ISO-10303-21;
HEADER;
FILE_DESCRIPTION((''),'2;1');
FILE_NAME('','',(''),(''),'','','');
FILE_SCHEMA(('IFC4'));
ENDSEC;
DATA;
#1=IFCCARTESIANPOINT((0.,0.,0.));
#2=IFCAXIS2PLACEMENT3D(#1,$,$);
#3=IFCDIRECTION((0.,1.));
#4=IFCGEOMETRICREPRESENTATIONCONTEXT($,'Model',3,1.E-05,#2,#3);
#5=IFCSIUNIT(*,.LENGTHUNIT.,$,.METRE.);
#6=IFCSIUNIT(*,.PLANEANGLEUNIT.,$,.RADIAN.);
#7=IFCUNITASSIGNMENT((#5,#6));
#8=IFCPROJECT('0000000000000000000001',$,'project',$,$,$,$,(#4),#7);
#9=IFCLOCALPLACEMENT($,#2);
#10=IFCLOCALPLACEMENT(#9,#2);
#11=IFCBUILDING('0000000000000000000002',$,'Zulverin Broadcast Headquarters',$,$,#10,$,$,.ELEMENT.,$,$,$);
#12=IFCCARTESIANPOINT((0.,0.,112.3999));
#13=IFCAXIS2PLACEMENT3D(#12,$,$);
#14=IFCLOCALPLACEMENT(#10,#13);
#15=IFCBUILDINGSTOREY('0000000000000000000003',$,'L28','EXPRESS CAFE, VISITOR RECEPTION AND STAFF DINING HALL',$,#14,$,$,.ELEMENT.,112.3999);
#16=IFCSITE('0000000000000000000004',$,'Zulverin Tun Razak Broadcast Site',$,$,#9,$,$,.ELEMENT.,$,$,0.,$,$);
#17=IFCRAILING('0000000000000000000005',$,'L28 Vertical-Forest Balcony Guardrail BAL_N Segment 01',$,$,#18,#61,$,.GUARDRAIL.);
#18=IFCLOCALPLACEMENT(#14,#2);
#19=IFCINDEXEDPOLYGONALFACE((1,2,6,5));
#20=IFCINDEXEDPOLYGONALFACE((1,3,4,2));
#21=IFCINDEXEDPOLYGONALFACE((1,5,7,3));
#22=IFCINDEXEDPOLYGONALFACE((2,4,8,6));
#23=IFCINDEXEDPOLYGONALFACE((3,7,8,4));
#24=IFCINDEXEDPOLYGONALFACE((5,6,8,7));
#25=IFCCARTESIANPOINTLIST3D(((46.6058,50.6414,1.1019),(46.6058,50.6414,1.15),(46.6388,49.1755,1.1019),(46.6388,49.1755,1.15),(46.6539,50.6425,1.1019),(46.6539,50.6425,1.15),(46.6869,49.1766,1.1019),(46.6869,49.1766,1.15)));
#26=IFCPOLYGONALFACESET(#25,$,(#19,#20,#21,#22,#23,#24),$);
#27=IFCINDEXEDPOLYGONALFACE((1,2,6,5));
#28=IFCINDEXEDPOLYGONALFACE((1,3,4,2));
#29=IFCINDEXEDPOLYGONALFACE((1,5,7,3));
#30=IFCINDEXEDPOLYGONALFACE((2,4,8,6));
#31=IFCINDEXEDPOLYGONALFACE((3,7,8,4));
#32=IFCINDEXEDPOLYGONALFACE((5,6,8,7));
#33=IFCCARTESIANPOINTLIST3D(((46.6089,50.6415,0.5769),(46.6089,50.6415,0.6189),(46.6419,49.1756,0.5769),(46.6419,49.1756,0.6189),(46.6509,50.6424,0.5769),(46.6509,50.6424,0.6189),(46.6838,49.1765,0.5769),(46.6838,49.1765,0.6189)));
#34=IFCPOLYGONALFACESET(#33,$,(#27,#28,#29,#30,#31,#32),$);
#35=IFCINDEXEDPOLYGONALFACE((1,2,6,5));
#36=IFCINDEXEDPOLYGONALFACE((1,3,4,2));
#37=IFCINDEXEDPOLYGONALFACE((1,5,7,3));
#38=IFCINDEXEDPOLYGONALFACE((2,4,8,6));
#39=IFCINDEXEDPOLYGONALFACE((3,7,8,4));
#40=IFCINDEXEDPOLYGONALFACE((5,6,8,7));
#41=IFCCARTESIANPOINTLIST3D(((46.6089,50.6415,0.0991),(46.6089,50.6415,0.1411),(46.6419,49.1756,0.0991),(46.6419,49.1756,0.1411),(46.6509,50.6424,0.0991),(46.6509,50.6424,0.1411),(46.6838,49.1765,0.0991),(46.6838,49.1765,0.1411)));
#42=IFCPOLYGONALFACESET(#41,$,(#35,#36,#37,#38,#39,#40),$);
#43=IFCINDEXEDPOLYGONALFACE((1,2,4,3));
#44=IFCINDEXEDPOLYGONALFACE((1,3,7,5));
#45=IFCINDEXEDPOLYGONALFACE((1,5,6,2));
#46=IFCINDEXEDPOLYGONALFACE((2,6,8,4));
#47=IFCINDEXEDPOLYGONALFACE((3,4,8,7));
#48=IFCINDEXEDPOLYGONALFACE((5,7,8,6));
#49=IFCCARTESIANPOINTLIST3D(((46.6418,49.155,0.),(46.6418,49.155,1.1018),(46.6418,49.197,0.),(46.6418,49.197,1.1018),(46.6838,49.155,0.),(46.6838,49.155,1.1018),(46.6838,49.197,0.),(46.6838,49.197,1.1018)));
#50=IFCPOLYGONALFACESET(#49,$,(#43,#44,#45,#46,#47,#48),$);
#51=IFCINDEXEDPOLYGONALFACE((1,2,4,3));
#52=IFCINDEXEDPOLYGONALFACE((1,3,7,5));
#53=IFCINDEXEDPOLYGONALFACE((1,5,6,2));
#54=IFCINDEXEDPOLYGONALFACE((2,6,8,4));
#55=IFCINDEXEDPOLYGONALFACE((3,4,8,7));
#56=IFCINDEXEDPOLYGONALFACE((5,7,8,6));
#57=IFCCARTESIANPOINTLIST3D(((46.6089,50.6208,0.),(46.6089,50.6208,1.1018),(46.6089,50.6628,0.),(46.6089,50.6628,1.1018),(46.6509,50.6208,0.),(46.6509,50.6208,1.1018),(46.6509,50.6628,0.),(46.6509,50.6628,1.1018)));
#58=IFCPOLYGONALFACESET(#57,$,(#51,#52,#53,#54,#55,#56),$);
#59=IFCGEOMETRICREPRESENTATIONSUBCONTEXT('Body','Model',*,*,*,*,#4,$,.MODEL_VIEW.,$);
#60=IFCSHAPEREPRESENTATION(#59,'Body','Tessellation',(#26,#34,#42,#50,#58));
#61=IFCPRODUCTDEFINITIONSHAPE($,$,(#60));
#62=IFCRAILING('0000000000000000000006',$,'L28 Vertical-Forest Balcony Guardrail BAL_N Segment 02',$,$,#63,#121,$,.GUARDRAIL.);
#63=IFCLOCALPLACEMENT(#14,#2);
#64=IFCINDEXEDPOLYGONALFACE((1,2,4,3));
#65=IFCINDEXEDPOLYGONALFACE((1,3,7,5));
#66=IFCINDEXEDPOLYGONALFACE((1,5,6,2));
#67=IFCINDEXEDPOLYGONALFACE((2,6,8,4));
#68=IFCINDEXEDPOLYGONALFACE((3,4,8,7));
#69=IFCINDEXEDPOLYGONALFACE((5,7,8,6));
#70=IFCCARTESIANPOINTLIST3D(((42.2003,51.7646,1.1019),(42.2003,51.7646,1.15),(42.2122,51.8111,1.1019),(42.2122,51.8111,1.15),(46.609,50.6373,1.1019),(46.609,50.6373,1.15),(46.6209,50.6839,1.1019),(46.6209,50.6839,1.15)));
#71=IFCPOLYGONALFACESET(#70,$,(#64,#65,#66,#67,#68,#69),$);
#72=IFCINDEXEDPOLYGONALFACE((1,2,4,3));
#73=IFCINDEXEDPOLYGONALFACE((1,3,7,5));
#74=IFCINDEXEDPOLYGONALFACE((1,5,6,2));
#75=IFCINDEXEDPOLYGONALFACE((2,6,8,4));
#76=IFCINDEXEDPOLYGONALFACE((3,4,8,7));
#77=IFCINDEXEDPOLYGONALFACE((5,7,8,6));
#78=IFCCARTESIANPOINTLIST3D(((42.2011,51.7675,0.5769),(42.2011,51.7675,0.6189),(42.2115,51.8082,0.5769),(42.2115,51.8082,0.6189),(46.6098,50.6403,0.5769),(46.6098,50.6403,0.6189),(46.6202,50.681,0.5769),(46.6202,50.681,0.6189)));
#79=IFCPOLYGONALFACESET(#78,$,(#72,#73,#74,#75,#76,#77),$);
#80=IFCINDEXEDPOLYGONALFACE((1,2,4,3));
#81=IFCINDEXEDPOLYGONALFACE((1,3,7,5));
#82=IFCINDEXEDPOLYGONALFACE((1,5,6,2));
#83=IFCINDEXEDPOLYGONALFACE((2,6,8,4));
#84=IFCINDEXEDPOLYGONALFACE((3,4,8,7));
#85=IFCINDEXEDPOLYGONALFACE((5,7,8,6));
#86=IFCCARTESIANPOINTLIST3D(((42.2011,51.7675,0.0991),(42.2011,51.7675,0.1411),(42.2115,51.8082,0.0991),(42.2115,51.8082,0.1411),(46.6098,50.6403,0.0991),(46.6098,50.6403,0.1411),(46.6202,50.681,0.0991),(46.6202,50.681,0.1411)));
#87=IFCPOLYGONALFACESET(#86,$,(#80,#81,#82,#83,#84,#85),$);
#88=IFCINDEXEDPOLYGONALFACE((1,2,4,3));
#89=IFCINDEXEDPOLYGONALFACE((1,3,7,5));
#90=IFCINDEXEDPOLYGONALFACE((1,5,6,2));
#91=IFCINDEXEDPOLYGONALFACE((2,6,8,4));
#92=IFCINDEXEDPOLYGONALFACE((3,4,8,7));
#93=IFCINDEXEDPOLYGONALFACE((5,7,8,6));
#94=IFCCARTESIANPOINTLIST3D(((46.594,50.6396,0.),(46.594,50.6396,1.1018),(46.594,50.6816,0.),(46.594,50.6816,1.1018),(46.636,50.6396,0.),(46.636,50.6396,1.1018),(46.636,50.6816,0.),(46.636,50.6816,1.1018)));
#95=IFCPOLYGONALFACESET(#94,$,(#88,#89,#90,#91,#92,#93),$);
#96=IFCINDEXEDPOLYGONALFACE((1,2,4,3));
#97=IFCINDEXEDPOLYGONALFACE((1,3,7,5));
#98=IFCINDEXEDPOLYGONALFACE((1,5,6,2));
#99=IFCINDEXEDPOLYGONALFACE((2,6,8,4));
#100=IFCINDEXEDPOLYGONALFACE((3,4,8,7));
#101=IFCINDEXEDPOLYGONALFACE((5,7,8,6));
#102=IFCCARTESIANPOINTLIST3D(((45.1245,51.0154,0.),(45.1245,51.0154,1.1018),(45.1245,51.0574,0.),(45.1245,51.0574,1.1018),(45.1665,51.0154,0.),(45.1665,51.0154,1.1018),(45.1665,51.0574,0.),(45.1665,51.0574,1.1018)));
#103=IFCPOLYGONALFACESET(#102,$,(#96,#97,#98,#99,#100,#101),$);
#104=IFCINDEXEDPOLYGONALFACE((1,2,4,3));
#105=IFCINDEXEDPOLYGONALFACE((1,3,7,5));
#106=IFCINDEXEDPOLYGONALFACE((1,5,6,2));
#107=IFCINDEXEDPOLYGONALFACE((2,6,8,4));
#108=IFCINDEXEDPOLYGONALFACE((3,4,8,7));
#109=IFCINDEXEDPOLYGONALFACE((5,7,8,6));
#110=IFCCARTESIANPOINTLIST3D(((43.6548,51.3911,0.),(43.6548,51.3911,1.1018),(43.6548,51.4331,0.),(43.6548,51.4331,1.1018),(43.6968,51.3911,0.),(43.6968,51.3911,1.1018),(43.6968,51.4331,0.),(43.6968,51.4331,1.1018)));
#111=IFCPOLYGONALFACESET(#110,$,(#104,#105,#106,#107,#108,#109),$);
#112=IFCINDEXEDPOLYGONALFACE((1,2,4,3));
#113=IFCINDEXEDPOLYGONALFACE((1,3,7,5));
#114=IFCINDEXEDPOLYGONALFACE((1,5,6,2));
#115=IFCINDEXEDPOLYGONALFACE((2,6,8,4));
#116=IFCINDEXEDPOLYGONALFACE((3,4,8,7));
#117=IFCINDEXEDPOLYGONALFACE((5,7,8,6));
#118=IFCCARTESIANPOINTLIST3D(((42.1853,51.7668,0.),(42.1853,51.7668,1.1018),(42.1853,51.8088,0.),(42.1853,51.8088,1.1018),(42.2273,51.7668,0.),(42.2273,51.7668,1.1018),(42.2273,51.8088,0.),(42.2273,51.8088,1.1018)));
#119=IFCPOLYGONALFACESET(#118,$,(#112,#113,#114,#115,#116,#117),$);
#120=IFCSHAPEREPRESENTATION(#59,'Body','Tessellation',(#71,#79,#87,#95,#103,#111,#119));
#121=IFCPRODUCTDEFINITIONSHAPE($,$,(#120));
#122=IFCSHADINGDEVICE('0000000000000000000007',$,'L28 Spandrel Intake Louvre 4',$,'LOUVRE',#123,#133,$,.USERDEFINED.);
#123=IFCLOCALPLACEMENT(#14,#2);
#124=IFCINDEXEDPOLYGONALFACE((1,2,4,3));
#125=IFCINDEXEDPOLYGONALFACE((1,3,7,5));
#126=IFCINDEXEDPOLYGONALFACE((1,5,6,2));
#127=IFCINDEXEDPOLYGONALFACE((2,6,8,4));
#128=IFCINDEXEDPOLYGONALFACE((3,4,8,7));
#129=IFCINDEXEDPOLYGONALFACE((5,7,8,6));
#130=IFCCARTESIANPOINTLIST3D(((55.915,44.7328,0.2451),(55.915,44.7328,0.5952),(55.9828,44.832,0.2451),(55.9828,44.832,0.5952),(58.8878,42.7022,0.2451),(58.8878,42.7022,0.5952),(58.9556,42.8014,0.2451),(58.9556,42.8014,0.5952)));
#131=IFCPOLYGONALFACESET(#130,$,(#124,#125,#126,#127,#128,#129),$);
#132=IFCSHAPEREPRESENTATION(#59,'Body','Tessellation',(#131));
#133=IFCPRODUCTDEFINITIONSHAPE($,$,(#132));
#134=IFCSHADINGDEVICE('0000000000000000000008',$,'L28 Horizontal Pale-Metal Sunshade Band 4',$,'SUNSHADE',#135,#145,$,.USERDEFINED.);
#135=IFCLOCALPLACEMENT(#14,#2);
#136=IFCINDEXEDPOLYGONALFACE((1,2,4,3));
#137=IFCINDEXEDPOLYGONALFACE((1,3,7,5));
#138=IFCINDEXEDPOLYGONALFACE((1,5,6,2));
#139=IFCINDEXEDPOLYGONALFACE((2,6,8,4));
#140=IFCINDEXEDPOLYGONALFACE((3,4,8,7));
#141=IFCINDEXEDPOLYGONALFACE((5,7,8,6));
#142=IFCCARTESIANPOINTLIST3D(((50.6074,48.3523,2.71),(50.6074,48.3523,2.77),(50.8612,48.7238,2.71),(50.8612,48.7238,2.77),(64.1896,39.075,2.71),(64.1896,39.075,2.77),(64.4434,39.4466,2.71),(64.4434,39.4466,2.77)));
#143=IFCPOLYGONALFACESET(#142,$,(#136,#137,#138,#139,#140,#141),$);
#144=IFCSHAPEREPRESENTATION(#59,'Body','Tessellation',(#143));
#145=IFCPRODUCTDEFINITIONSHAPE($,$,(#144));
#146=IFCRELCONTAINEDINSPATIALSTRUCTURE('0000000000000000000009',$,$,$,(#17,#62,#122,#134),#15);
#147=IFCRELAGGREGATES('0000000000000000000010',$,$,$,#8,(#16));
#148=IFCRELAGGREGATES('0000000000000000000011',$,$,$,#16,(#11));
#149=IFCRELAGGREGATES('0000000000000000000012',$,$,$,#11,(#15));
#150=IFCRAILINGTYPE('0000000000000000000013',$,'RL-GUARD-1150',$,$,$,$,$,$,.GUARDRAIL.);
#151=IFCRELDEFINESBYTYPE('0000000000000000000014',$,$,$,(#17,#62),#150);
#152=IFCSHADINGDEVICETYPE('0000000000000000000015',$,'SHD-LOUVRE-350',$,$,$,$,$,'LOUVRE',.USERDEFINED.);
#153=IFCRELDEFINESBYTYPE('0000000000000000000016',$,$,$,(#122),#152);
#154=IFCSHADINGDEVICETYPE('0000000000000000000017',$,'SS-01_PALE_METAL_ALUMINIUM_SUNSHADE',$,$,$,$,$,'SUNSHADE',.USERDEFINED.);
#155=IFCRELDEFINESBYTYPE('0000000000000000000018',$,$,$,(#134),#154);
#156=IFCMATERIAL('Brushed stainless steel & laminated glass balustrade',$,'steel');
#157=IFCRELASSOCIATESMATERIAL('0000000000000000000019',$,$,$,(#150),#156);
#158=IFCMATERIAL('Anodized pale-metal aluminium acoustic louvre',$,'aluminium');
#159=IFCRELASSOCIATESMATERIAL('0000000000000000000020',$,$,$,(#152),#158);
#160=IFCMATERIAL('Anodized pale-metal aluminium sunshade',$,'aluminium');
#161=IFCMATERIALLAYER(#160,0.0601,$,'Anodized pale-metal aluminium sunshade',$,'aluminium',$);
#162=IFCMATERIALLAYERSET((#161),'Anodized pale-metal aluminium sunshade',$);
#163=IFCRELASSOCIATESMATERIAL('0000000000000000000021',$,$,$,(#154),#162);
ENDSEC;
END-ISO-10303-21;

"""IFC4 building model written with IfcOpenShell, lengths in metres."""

from ifc_helpers import new_model, si_unit, direction, frame, origin, origin_2d, place, context, subcontext, project, spatial, rectangle, extrude, material, layer, layer_set, type_object, element, save


model = new_model("IFC4")

# Units and contexts
model_context = context("Model", 3, precision=1e-05, world=origin(), true_north=direction((0.0, 1.0)))
body_context = subcontext(model_context, "Body", "Model", "MODEL_VIEW")
ifc_project = project(units=[si_unit("LENGTHUNIT", "METRE"), si_unit("PLANEANGLEUNIT", "RADIAN")], contexts=[model_context])

# Site, building, storey
site_placement = place(None, origin())
site = spatial("IfcSite", under=ifc_project, at=site_placement, Name="Zulverin Tun Razak Broadcast Site", CompositionType="ELEMENT", RefElevation=0.0)
building_placement = place(site_placement, origin())
building = spatial("IfcBuilding", under=site, at=building_placement, Name="Zulverin Broadcast Headquarters", CompositionType="ELEMENT")
storey_placement = place(building_placement, frame((0.0, 0.0, 112.3999)))
storey = spatial("IfcBuildingStorey", under=building, at=storey_placement, Name="L28", Description="EXPRESS CAFE, VISITOR RECEPTION AND STAFF DINING HALL", CompositionType="ELEMENT", Elevation=112.3999)

# Railings
ifc_material_1 = material(Name="Brushed stainless steel & laminated glass balustrade", Category="steel")
railing_type = type_object("IfcRailingType", Name="RL-GUARD-1150", PredefinedType="GUARDRAIL", material=ifc_material_1)
railing_1_placement = place(storey_placement, frame((46.6628, 49.176, 0.0)))
element("IfcRailing", 1, at=railing_1_placement, inside=storey, type_object=railing_type, Name="L28 Vertical-Forest Balcony Guardrail BAL_N Segment 01", PredefinedType="GUARDRAIL", context=body_context, shape_type="SweptSolid", body=[
    extrude(rectangle(XDim=0.0481, YDim=0.0481, at=origin_2d()), frame((0.0, 0.0, 1.126), z_axis=(-0.022479, 0.999747, 0.0), x_axis=(-0.999747, -0.022479, 0.0)), (0.0, 0.0, 1.0), 1.4663),
    extrude(rectangle(XDim=0.042, YDim=0.042, at=origin_2d()), frame((0.0, 0.0, 0.5979), z_axis=(-0.022479, 0.999747, 0.0), x_axis=(-0.999747, -0.022479, 0.0)), (0.0, 0.0, 1.0), 1.4663),
    extrude(rectangle(XDim=0.042, YDim=0.042, at=origin_2d()), frame((0.0, 0.0, 0.1201), z_axis=(-0.022479, 0.999747, 0.0), x_axis=(-0.999747, -0.022479, 0.0)), (0.0, 0.0, 1.0), 1.4663),
    extrude(rectangle(XDim=0.042, YDim=0.042, at=origin_2d()), origin(), (0.0, 0.0, 1.0), 1.1018),
    extrude(rectangle(XDim=0.042, YDim=0.042, at=origin_2d()), frame((-0.033, 1.4658, 0.0)), (0.0, 0.0, 1.0), 1.1018),
])
railing_2_placement = place(storey_placement, frame((46.615, 50.6606, 0.0)))
element("IfcRailing", 2, at=railing_2_placement, inside=storey, type_object=railing_type, Name="L28 Vertical-Forest Balcony Guardrail BAL_N Segment 02", PredefinedType="GUARDRAIL", context=body_context, shape_type="SweptSolid", body=[
    extrude(rectangle(XDim=0.0481, YDim=0.0481, at=origin_2d()), frame((0.0, 0.0, 1.126), z_axis=(-0.968835, 0.247708, 0.0), x_axis=(-0.247708, -0.968835, 0.0)), (0.0, 0.0, 1.0), 4.5505),
    extrude(rectangle(XDim=0.042, YDim=0.042, at=origin_2d()), frame((0.0, 0.0, 0.5979), z_axis=(-0.968835, 0.247708, 0.0), x_axis=(-0.247708, -0.968835, 0.0)), (0.0, 0.0, 1.0), 4.5505),
    extrude(rectangle(XDim=0.042, YDim=0.042, at=origin_2d()), frame((0.0, 0.0, 0.1201), z_axis=(-0.968835, 0.247708, 0.0), x_axis=(-0.247708, -0.968835, 0.0)), (0.0, 0.0, 1.0), 4.5505),
    extrude(rectangle(XDim=0.042, YDim=0.042, at=origin_2d()), origin(), (0.0, 0.0, 1.0), 1.1018),
    extrude(rectangle(XDim=0.042, YDim=0.042, at=origin_2d()), frame((-1.4695, 0.3757, 0.0)), (0.0, 0.0, 1.0), 1.1018),
    extrude(rectangle(XDim=0.042, YDim=0.042, at=origin_2d()), frame((-2.9392, 0.7515, 0.0)), (0.0, 0.0, 1.0), 1.1018),
    extrude(rectangle(XDim=0.042, YDim=0.042, at=origin_2d()), frame((-4.4087, 1.1272, 0.0)), (0.0, 0.0, 1.0), 1.1018),
])

# Shading devices
ifc_material_2 = material(Name="Anodized pale-metal aluminium acoustic louvre", Category="aluminium")
shading_device_type_1 = type_object("IfcShadingDeviceType", Name="SHD-LOUVRE-350", ElementType="LOUVRE", PredefinedType="USERDEFINED", material=ifc_material_2)
shading_device_1_placement = place(storey_placement, frame((57.4353, 43.7671, 0.2451), z_axis=(0.0, 0.0, 1.0), x_axis=(-0.825757, 0.564026, 0.0)))
element("IfcShadingDevice", 3, at=shading_device_1_placement, inside=storey, type_object=shading_device_type_1, Name="L28 Spandrel Intake Louvre 4", ObjectType="LOUVRE", PredefinedType="USERDEFINED", context=body_context, shape_type="SweptSolid", body=[
    extrude(rectangle(XDim=3.6001, YDim=0.1201, at=origin_2d()), origin(), (0.0, 0.0, 1.0), 0.3501),
])
ifc_material_3 = material(Name="Anodized pale-metal aluminium sunshade", Category="aluminium")
ifc_layer_1 = layer(ifc_material_3, 0.0601, Name="Anodized pale-metal aluminium sunshade", Category="aluminium")
ifc_layer_set_1 = layer_set([ifc_layer_1], Name="Anodized pale-metal aluminium sunshade")
shading_device_type_2 = type_object("IfcShadingDeviceType", Name="SS-01_PALE_METAL_ALUMINIUM_SUNSHADE", ElementType="SUNSHADE", PredefinedType="USERDEFINED", material=ifc_layer_set_1)
shading_device_2_placement = place(storey_placement, frame((57.5254, 43.8994, 2.71), z_axis=(0.0, 0.0, 1.0), x_axis=(-0.825757, 0.564026, 0.0)))
element("IfcShadingDevice", 4, at=shading_device_2_placement, inside=storey, type_object=shading_device_type_2, Name="L28 Horizontal Pale-Metal Sunshade Band 4", ObjectType="SUNSHADE", PredefinedType="USERDEFINED", context=body_context, shape_type="SweptSolid", body=[
    extrude(rectangle(XDim=16.4482, YDim=0.45, at=origin_2d()), origin(), (0.0, 0.0, 1.0), 0.0601),
])

save(model, "model.ifc")
